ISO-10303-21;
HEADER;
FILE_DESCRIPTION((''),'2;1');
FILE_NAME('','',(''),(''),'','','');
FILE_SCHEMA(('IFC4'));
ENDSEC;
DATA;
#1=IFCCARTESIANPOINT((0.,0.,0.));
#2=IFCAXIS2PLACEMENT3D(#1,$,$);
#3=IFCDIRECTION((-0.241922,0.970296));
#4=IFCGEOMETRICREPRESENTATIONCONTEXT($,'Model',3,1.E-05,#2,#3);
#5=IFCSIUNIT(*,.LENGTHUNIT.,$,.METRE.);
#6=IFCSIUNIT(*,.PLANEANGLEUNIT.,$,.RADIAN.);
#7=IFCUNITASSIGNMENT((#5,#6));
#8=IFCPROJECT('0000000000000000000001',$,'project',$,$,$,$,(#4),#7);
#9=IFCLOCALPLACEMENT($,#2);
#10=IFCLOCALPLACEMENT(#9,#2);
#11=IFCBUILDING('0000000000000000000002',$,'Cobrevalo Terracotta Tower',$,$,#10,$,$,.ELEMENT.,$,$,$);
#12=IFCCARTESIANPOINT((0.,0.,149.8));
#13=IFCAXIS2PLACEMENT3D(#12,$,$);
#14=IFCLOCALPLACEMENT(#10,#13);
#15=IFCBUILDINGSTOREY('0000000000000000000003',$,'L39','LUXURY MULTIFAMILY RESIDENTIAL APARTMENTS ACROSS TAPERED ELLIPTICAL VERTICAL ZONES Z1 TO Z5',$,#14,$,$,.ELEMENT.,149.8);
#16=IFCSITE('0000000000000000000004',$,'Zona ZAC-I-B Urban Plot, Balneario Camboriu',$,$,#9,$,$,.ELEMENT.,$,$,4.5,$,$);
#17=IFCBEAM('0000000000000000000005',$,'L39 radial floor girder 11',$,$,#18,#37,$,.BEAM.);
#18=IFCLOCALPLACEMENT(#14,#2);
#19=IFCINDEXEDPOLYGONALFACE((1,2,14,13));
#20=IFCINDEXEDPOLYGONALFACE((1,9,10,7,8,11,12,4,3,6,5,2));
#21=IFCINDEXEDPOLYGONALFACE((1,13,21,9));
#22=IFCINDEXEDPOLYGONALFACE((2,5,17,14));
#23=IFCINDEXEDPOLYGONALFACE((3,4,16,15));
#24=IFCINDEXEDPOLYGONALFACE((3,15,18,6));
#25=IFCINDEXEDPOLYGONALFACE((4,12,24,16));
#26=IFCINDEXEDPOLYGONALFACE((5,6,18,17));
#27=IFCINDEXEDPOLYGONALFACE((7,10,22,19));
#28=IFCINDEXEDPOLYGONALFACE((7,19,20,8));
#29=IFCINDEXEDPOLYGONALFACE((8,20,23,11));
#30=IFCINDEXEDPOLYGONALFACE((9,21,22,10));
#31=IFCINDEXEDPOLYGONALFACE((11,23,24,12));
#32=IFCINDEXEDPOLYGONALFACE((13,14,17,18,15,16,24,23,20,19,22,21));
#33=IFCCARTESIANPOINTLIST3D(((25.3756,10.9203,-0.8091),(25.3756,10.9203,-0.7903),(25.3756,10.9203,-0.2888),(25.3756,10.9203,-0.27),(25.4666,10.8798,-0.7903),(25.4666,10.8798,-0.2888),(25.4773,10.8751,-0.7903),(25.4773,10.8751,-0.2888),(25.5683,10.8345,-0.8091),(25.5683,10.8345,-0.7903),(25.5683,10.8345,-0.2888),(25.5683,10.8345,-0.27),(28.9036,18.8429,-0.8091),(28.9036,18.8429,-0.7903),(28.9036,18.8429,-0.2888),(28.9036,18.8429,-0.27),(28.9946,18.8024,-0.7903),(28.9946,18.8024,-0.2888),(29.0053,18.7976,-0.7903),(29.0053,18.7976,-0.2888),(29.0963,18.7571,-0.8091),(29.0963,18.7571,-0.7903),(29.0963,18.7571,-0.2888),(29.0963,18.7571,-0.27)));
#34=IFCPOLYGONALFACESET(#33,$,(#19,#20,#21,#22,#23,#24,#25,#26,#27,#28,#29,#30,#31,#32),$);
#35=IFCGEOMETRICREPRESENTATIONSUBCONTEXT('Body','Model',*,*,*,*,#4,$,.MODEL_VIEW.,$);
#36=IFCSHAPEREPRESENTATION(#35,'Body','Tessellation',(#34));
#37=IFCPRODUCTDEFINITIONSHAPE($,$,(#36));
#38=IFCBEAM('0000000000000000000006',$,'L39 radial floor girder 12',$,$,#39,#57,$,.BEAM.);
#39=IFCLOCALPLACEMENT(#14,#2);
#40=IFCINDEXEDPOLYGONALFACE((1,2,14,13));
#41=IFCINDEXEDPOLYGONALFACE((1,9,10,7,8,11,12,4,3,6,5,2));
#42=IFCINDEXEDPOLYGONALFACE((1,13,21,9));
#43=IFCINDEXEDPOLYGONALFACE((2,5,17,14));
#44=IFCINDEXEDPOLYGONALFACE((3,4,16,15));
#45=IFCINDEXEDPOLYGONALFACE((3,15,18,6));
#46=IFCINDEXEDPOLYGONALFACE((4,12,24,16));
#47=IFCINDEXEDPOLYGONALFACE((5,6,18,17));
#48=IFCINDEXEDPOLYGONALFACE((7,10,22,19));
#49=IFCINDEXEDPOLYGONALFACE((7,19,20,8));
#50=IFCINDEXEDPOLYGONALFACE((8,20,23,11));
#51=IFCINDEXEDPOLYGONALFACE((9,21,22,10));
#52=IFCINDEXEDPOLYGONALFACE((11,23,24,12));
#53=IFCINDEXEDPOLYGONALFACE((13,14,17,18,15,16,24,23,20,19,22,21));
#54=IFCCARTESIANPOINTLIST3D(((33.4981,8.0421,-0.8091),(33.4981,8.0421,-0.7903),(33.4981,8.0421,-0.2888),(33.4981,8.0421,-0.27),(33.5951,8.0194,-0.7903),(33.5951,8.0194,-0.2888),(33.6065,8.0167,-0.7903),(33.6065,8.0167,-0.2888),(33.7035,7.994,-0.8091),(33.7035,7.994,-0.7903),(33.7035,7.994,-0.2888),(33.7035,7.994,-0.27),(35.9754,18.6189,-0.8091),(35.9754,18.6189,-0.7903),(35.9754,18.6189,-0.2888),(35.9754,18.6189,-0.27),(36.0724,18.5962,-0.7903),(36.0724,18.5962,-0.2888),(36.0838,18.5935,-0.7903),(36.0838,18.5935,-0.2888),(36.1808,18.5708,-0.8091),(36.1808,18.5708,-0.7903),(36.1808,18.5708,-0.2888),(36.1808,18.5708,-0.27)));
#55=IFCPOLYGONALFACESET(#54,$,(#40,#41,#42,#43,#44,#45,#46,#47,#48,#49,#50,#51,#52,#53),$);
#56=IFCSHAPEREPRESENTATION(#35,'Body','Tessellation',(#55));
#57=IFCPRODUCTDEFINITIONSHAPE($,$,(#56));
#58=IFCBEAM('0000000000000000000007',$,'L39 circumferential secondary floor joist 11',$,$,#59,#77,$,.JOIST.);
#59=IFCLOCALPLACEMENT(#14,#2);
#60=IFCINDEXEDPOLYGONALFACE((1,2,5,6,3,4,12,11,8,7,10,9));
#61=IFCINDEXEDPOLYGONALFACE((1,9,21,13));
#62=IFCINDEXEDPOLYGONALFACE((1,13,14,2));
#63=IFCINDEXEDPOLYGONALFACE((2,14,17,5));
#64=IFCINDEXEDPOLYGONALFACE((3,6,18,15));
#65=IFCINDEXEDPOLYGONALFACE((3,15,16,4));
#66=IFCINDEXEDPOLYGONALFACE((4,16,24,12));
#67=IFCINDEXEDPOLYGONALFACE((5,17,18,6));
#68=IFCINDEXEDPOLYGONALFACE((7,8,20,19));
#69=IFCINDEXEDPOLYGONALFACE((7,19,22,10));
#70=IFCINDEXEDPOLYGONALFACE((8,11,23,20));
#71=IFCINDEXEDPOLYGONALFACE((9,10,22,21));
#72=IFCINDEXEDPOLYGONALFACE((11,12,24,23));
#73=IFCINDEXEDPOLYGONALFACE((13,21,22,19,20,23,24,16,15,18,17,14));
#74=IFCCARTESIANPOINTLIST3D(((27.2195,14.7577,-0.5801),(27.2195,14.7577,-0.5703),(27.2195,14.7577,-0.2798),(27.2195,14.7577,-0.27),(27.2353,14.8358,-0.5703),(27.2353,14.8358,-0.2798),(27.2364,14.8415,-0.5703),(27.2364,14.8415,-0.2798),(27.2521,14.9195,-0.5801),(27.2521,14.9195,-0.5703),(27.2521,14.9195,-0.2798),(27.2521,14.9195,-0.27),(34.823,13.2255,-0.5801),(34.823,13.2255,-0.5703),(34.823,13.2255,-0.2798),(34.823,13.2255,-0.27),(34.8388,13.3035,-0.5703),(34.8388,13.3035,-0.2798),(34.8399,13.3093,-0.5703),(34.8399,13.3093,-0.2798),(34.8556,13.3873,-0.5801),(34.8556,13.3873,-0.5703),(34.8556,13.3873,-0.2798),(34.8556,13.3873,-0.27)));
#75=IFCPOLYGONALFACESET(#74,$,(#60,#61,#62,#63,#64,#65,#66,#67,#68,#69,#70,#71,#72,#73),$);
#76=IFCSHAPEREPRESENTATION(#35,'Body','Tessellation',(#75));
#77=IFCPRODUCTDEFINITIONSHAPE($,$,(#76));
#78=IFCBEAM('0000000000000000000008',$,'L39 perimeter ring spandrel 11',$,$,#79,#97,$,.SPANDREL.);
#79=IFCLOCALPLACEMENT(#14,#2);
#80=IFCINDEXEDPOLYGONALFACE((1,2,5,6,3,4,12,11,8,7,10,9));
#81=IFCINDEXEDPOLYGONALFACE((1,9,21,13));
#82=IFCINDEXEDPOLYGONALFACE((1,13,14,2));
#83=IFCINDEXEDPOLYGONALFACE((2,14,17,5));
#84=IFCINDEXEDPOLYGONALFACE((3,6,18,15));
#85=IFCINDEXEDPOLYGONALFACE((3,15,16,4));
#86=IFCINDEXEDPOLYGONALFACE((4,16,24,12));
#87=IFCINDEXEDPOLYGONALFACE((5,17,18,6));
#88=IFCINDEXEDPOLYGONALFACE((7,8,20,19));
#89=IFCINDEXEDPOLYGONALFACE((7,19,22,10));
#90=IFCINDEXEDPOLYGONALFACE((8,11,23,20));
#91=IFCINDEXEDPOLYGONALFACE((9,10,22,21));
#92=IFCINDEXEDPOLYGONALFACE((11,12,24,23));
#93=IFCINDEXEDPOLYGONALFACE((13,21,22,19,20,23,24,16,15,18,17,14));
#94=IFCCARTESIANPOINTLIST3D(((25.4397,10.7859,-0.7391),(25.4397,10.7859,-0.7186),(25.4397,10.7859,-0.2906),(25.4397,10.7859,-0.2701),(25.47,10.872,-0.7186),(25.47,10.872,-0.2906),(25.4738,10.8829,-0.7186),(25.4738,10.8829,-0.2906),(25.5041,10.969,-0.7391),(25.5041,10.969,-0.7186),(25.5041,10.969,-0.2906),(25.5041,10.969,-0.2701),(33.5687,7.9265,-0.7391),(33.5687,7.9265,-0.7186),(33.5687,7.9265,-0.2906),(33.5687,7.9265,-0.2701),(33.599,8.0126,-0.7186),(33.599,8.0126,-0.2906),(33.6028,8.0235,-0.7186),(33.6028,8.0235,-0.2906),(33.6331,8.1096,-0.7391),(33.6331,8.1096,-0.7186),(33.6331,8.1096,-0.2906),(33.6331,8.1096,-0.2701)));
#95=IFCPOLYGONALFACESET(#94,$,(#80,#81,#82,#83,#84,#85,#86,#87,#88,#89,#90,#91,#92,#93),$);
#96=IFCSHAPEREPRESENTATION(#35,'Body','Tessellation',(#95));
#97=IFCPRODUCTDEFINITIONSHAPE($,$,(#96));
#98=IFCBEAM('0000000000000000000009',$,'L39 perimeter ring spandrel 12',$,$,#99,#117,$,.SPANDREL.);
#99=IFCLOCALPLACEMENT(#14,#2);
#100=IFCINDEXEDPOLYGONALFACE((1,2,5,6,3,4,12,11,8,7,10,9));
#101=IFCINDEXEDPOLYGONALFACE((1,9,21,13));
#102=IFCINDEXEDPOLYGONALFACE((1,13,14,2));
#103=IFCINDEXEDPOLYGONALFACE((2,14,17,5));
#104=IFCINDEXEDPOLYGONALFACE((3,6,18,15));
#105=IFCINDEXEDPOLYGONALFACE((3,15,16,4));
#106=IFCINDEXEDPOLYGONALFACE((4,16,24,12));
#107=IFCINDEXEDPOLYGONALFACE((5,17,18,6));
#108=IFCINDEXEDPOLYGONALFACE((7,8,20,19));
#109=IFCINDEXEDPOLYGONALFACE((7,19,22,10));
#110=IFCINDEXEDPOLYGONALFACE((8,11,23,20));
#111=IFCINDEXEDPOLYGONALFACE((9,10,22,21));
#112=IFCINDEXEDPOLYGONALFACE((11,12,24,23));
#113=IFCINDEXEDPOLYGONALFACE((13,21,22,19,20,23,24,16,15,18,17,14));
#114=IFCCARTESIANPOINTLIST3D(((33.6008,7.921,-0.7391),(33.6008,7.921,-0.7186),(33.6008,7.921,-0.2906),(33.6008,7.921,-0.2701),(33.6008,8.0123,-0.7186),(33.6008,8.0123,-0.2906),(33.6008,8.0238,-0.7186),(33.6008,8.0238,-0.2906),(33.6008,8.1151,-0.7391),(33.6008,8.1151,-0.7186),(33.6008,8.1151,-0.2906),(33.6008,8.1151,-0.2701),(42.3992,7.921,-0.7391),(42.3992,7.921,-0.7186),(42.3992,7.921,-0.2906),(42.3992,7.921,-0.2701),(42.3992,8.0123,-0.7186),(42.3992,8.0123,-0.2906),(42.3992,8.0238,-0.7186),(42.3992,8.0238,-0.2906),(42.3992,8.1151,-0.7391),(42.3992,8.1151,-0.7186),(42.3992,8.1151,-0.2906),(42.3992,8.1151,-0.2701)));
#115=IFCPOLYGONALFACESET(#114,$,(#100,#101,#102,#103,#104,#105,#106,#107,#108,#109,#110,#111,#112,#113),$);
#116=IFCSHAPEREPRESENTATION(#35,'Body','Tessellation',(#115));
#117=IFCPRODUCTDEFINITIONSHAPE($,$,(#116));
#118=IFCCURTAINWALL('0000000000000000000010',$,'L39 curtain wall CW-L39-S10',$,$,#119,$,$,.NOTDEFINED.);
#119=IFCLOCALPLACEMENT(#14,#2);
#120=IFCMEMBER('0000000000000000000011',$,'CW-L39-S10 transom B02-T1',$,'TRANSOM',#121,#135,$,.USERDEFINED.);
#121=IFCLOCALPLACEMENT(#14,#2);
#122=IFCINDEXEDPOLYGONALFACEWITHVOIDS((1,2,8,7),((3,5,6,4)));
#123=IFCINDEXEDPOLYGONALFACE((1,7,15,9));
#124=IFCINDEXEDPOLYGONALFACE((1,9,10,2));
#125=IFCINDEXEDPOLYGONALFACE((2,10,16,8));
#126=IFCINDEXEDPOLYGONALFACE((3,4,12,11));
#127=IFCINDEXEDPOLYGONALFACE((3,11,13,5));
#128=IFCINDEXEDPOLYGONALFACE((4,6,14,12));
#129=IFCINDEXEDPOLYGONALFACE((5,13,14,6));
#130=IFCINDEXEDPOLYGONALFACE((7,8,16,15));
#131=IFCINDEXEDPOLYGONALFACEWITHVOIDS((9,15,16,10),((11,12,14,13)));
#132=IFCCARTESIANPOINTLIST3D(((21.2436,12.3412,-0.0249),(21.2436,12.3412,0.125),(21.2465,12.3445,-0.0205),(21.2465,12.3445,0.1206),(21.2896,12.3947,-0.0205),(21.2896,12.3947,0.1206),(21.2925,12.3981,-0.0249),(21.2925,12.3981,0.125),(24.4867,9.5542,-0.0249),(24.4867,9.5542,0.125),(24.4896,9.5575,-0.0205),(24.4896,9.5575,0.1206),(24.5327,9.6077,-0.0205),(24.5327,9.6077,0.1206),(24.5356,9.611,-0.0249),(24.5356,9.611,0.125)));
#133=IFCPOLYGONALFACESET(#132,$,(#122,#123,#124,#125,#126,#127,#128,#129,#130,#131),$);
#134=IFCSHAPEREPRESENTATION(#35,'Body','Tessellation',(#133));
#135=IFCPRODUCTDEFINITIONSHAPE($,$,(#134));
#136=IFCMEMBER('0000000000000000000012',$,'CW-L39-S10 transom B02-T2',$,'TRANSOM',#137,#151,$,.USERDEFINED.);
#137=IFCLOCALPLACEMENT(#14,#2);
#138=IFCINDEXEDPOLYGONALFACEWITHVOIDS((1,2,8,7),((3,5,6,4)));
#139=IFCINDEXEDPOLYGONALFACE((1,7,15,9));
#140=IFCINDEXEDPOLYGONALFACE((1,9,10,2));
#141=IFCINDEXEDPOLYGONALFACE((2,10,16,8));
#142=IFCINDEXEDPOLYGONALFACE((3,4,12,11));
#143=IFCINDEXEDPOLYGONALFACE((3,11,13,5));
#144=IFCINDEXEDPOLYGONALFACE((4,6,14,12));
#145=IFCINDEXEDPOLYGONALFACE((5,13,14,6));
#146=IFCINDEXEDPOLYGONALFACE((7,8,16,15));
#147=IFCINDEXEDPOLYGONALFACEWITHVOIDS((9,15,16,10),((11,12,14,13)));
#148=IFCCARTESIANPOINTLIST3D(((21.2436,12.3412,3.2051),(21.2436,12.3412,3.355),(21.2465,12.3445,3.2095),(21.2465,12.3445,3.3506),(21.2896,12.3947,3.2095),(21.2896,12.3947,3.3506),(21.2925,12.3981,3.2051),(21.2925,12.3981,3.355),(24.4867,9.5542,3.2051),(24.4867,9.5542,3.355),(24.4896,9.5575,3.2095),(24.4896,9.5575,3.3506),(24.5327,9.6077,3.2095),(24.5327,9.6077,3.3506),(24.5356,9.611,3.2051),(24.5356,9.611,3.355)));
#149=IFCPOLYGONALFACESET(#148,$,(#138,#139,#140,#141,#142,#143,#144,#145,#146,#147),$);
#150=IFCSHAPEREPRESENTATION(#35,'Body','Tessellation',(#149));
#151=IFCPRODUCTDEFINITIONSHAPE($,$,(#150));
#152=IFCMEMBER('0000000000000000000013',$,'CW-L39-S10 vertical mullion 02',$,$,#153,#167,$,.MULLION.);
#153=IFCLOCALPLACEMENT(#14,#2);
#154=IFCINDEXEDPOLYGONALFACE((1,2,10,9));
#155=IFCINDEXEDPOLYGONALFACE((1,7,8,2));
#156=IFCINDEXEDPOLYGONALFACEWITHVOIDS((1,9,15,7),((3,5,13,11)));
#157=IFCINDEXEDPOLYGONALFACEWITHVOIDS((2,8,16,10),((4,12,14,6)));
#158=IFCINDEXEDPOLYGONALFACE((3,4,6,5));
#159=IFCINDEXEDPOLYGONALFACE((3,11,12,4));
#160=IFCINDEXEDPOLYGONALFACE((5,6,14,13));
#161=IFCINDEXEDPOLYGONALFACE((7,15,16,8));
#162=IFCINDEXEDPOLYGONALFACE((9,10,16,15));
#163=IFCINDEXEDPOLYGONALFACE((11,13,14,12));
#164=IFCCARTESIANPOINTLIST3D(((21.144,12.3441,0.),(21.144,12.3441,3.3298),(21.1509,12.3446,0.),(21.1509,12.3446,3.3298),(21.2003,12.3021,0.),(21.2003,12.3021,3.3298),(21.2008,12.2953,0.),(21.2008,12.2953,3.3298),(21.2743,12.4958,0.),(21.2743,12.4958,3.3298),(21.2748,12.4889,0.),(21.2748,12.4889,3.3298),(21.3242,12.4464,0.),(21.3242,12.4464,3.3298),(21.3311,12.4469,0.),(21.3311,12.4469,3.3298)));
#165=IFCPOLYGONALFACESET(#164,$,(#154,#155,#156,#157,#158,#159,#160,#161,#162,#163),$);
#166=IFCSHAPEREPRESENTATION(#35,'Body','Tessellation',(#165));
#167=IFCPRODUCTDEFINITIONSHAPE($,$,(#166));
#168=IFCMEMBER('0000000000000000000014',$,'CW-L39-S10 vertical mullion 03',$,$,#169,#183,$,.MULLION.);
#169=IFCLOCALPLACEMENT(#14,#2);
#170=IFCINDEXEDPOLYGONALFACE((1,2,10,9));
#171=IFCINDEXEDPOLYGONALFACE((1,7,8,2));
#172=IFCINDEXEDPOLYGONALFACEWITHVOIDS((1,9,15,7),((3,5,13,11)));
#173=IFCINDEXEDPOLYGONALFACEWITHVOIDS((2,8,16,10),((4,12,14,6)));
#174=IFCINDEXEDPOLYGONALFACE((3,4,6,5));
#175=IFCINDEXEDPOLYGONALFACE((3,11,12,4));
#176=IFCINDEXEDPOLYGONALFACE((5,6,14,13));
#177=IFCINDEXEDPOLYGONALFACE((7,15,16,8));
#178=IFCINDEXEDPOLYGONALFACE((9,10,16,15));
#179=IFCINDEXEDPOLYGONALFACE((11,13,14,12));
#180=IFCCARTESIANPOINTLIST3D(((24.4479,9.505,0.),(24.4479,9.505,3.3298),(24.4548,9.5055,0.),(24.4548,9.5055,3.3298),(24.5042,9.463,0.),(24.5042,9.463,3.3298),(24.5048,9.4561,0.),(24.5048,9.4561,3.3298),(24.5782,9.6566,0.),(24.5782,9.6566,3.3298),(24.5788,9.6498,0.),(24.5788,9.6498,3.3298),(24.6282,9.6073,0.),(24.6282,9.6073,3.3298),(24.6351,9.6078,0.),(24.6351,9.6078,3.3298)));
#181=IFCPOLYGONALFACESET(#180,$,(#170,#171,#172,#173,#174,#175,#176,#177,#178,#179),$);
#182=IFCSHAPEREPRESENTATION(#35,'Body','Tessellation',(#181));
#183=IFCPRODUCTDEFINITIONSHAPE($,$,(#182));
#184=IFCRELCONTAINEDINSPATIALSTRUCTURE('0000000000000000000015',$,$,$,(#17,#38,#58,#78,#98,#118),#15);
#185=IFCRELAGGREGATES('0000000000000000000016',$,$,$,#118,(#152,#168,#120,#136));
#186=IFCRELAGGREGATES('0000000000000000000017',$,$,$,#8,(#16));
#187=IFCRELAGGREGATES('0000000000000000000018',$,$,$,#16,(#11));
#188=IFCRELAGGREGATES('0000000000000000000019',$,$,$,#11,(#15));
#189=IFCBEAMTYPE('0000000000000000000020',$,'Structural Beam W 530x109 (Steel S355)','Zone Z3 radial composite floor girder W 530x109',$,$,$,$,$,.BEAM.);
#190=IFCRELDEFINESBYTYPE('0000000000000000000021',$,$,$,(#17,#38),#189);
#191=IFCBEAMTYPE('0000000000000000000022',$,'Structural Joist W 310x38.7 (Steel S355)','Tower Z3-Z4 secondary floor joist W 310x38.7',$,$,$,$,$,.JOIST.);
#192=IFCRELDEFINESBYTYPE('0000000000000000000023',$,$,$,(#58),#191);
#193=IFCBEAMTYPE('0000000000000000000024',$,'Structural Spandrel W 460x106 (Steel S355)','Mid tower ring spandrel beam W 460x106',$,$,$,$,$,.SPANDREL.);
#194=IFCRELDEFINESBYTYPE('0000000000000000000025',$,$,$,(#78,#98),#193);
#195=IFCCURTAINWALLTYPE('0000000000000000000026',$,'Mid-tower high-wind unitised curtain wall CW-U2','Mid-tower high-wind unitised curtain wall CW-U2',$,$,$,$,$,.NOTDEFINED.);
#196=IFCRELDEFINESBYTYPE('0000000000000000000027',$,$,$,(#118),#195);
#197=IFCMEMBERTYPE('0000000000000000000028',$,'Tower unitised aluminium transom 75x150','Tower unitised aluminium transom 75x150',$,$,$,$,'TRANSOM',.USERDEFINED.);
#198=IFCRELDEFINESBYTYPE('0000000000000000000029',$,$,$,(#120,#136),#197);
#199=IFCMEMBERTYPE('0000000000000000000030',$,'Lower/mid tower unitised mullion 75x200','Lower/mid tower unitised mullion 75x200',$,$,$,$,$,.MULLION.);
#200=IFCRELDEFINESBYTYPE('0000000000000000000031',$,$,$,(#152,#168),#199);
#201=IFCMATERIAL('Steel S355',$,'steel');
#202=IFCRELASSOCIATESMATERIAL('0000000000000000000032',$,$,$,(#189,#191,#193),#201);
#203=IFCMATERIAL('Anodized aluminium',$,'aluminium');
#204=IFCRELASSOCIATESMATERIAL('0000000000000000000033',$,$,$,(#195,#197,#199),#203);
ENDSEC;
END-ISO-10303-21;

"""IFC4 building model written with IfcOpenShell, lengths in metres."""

from ifc_helpers import new_model, si_unit, direction, frame, origin, origin_2d, place, context, subcontext, project, spatial, hollow_rectangle, i_section, extrude, source, transform, mapped, material, material_profile, profile_set, type_object, element, aggregate, save


model = new_model("IFC4")

# Units and contexts
model_context = context("Model", 3, precision=1e-05, world=origin(), true_north=direction((-0.241922, 0.970296)))
body_context = subcontext(model_context, "Body", "Model", "MODEL_VIEW")
ifc_project = project(units=[si_unit("LENGTHUNIT", "METRE"), si_unit("PLANEANGLEUNIT", "RADIAN")], contexts=[model_context])

# Site, building, storey
site_placement = place(None, origin())
site = spatial("IfcSite", under=ifc_project, at=site_placement, Name="Zona ZAC-I-B Urban Plot, Balneario Camboriu", CompositionType="ELEMENT", RefElevation=4.5)
building_placement = place(site_placement, origin())
building = spatial("IfcBuilding", under=site, at=building_placement, Name="Cobrevalo Terracotta Tower", CompositionType="ELEMENT")
storey_placement = place(building_placement, frame((0.0, 0.0, 149.8)))
storey = spatial("IfcBuildingStorey", under=building, at=storey_placement, Name="L39", Description="LUXURY MULTIFAMILY RESIDENTIAL APARTMENTS ACROSS TAPERED ELLIPTICAL VERTICAL ZONES Z1 TO Z5", CompositionType="ELEMENT", Elevation=149.8)

# Shared definitions
ifc_material_1 = material(Name="Steel S355", Category="steel")

# Beams
ifc_material_profile_1 = material_profile(ifc_material_1, i_section(OverallWidth=0.2109, OverallDepth=0.5391, WebThickness=0.0117, FlangeThickness=0.0188, at=origin_2d()), Name="W 530x109")
ifc_profile_set_1 = profile_set([ifc_material_profile_1], Name="Steel S355")
beam_type_1 = type_object("IfcBeamType", Name="Structural Beam W 530x109 (Steel S355)", Description="Zone Z3 radial composite floor girder W 530x109", PredefinedType="BEAM", material=ifc_profile_set_1)
beam_1_placement = place(storey_placement, frame((25.4719, 10.8774, -0.5396), z_axis=(0.406804, 0.913515, 0.0), x_axis=(-0.913515, 0.406804, 0.0)))
element("IfcBeam", 1, at=beam_1_placement, inside=storey, type_object=beam_type_1, Name="L39 radial floor girder 11", PredefinedType="BEAM", context=body_context, shape_type="SweptSolid", body=[
    extrude(i_section(OverallWidth=0.2109, OverallDepth=0.5391, WebThickness=0.0117, FlangeThickness=0.0188, at=origin_2d()), origin(), (0.0, 0.0, 1.0), 8.6726),
])
beam_2_placement = place(storey_placement, frame((33.6008, 8.0181, -0.5396), z_axis=(0.228046, 0.97365, 0.0), x_axis=(-0.97365, 0.228046, 0.0)))
element("IfcBeam", 2, at=beam_2_placement, inside=storey, type_object=beam_type_1, Name="L39 radial floor girder 12", PredefinedType="BEAM", context=body_context, shape_type="SweptSolid", body=[
    extrude(i_section(OverallWidth=0.2109, OverallDepth=0.5391, WebThickness=0.0117, FlangeThickness=0.0188, at=origin_2d()), origin(), (0.0, 0.0, 1.0), 10.863),
])
ifc_material_profile_2 = material_profile(ifc_material_1, i_section(OverallWidth=0.165, OverallDepth=0.3101, WebThickness=0.0059, FlangeThickness=0.0098, at=origin_2d()), Name="W 310x38.7")
ifc_profile_set_2 = profile_set([ifc_material_profile_2], Name="Steel S355")
beam_type_2 = type_object("IfcBeamType", Name="Structural Joist W 310x38.7 (Steel S355)", Description="Tower Z3-Z4 secondary floor joist W 310x38.7", PredefinedType="JOIST", material=ifc_profile_set_2)
beam_3_placement = place(storey_placement, frame((27.2358, 14.8386, -0.425), z_axis=(0.980294, -0.197544, 0.0), x_axis=(0.197544, 0.980294, 0.0)))
element("IfcBeam", 3, at=beam_3_placement, inside=storey, type_object=beam_type_2, Name="L39 circumferential secondary floor joist 11", PredefinedType="JOIST", context=body_context, shape_type="SweptSolid", body=[
    extrude(i_section(OverallWidth=0.165, OverallDepth=0.3101, WebThickness=0.0059, FlangeThickness=0.0098, at=origin_2d()), origin(), (0.0, 0.0, 1.0), 7.7563),
])
ifc_material_profile_3 = material_profile(ifc_material_1, i_section(OverallWidth=0.1941, OverallDepth=0.469, WebThickness=0.0115, FlangeThickness=0.0205, at=origin_2d()), Name="W 460x106")
ifc_profile_set_3 = profile_set([ifc_material_profile_3], Name="Steel S355")
beam_type_3 = type_object("IfcBeamType", Name="Structural Spandrel W 460x106 (Steel S355)", Description="Mid tower ring spandrel beam W 460x106", PredefinedType="SPANDREL", material=ifc_profile_set_3)
beam_4_placement = place(storey_placement, frame((25.4719, 10.8774, -0.5046), z_axis=(0.943341, -0.331824, 0.0), x_axis=(0.331824, 0.943341, 0.0)))
element("IfcBeam", 4, at=beam_4_placement, inside=storey, type_object=beam_type_3, Name="L39 perimeter ring spandrel 11", PredefinedType="SPANDREL", context=body_context, shape_type="SweptSolid", body=[
    extrude(i_section(OverallWidth=0.1941, OverallDepth=0.469, WebThickness=0.0115, FlangeThickness=0.0205, at=origin_2d()), origin(), (0.0, 0.0, 1.0), 8.6172),
])
beam_5_placement = place(storey_placement, frame((33.6008, 8.0181, -0.5046), z_axis=(1.0, 0.0, 0.0), x_axis=(0.0, 1.0, 0.0)))
element("IfcBeam", 5, at=beam_5_placement, inside=storey, type_object=beam_type_3, Name="L39 perimeter ring spandrel 12", PredefinedType="SPANDREL", context=body_context, shape_type="SweptSolid", body=[
    extrude(i_section(OverallWidth=0.1941, OverallDepth=0.469, WebThickness=0.0115, FlangeThickness=0.0205, at=origin_2d()), origin(), (0.0, 0.0, 1.0), 8.7983),
])

# Curtain wall, members
ifc_material_2 = material(Name="Anodized aluminium", Category="aluminium")
curtain_wall_type = type_object("IfcCurtainWallType", Name="Mid-tower high-wind unitised curtain wall CW-U2", Description="Mid-tower high-wind unitised curtain wall CW-U2", PredefinedType="NOTDEFINED", material=ifc_material_2)
curtain_wall_placement = place(storey_placement, origin())
curtain_wall = element("IfcCurtainWall", 6, at=curtain_wall_placement, inside=storey, type_object=curtain_wall_type, Name="L39 curtain wall CW-L39-S10", PredefinedType="NOTDEFINED")
ifc_material_profile_4 = material_profile(ifc_material_2, hollow_rectangle(XDim=0.075, YDim=0.1499, WallThickness=0.0044, at=origin_2d()), Name="CWT 75x150")
ifc_profile_set_4 = profile_set([ifc_material_profile_4], Name="Anodized aluminium")
member_type_1 = type_object("IfcMemberType", Name="Tower unitised aluminium transom 75x150", Description="Tower unitised aluminium transom 75x150", ElementType="TRANSOM", PredefinedType="USERDEFINED", material=ifc_profile_set_4)
shared_shape_1 = source(origin(), body_context, "Body", "SweptSolid", [
    extrude(hollow_rectangle(XDim=0.075, YDim=0.1499, WallThickness=0.0044, at=origin_2d()), origin(), (0.0, 0.0, 1.0), 4.2761),
])
member_1_placement = place(storey_placement, frame((21.2681, 12.3696, 0.05), z_axis=(0.758418, -0.651769, 0.0), x_axis=(0.651769, 0.758418, 0.0)))
member_1 = element("IfcMember", 7, at=member_1_placement, type_object=member_type_1, Name="CW-L39-S10 transom B02-T1", ObjectType="TRANSOM", PredefinedType="USERDEFINED", context=body_context, shape_type="MappedRepresentation", body=[
    mapped(shared_shape_1, transform((0.0, 0.0, 0.0), scale=1.0)),
])
member_2_placement = place(storey_placement, frame((21.2681, 12.3696, 3.28), z_axis=(0.758418, -0.651769, 0.0), x_axis=(0.651769, 0.758418, 0.0)))
member_2 = element("IfcMember", 8, at=member_2_placement, type_object=member_type_1, Name="CW-L39-S10 transom B02-T2", ObjectType="TRANSOM", PredefinedType="USERDEFINED", context=body_context, shape_type="MappedRepresentation", body=[
    mapped(shared_shape_1, transform((0.0, 0.0, 0.0), scale=1.0)),
])
ifc_material_profile_5 = material_profile(ifc_material_2, hollow_rectangle(XDim=0.075, YDim=0.2, WallThickness=0.0049, at=origin_2d()), Name="CWM 75x200")
ifc_profile_set_5 = profile_set([ifc_material_profile_5], Name="Anodized aluminium")
member_type_2 = type_object("IfcMemberType", Name="Lower/mid tower unitised mullion 75x200", Description="Lower/mid tower unitised mullion 75x200", PredefinedType="MULLION", material=ifc_profile_set_5)
shared_shape_2 = source(origin(), body_context, "Body", "SweptSolid", [
    extrude(hollow_rectangle(XDim=0.075, YDim=0.2, WallThickness=0.0049, at=origin_2d()), origin(), (0.0, 0.0, 1.0), 3.3298),
])
member_3_placement = place(storey_placement, frame((21.2375, 12.3955, 0.0), z_axis=(0.0, 0.0, 1.0), x_axis=(0.758442, -0.651741, 0.0)))
member_3 = element("IfcMember", 9, at=member_3_placement, type_object=member_type_2, Name="CW-L39-S10 vertical mullion 02", PredefinedType="MULLION", context=body_context, shape_type="MappedRepresentation", body=[
    mapped(shared_shape_2, transform((0.0, 0.0, 0.0), scale=1.0)),
])
member_4_placement = place(storey_placement, frame((24.5415, 9.5564, 0.0), z_axis=(0.0, 0.0, 1.0), x_axis=(0.758442, -0.651741, 0.0)))
member_4 = element("IfcMember", 10, at=member_4_placement, type_object=member_type_2, Name="CW-L39-S10 vertical mullion 03", PredefinedType="MULLION", context=body_context, shape_type="MappedRepresentation", body=[
    mapped(shared_shape_2, transform((0.0, 0.0, 0.0), scale=1.0)),
])
aggregate(curtain_wall, [member_3, member_4, member_1, member_2])

save(model, "model.ifc")
